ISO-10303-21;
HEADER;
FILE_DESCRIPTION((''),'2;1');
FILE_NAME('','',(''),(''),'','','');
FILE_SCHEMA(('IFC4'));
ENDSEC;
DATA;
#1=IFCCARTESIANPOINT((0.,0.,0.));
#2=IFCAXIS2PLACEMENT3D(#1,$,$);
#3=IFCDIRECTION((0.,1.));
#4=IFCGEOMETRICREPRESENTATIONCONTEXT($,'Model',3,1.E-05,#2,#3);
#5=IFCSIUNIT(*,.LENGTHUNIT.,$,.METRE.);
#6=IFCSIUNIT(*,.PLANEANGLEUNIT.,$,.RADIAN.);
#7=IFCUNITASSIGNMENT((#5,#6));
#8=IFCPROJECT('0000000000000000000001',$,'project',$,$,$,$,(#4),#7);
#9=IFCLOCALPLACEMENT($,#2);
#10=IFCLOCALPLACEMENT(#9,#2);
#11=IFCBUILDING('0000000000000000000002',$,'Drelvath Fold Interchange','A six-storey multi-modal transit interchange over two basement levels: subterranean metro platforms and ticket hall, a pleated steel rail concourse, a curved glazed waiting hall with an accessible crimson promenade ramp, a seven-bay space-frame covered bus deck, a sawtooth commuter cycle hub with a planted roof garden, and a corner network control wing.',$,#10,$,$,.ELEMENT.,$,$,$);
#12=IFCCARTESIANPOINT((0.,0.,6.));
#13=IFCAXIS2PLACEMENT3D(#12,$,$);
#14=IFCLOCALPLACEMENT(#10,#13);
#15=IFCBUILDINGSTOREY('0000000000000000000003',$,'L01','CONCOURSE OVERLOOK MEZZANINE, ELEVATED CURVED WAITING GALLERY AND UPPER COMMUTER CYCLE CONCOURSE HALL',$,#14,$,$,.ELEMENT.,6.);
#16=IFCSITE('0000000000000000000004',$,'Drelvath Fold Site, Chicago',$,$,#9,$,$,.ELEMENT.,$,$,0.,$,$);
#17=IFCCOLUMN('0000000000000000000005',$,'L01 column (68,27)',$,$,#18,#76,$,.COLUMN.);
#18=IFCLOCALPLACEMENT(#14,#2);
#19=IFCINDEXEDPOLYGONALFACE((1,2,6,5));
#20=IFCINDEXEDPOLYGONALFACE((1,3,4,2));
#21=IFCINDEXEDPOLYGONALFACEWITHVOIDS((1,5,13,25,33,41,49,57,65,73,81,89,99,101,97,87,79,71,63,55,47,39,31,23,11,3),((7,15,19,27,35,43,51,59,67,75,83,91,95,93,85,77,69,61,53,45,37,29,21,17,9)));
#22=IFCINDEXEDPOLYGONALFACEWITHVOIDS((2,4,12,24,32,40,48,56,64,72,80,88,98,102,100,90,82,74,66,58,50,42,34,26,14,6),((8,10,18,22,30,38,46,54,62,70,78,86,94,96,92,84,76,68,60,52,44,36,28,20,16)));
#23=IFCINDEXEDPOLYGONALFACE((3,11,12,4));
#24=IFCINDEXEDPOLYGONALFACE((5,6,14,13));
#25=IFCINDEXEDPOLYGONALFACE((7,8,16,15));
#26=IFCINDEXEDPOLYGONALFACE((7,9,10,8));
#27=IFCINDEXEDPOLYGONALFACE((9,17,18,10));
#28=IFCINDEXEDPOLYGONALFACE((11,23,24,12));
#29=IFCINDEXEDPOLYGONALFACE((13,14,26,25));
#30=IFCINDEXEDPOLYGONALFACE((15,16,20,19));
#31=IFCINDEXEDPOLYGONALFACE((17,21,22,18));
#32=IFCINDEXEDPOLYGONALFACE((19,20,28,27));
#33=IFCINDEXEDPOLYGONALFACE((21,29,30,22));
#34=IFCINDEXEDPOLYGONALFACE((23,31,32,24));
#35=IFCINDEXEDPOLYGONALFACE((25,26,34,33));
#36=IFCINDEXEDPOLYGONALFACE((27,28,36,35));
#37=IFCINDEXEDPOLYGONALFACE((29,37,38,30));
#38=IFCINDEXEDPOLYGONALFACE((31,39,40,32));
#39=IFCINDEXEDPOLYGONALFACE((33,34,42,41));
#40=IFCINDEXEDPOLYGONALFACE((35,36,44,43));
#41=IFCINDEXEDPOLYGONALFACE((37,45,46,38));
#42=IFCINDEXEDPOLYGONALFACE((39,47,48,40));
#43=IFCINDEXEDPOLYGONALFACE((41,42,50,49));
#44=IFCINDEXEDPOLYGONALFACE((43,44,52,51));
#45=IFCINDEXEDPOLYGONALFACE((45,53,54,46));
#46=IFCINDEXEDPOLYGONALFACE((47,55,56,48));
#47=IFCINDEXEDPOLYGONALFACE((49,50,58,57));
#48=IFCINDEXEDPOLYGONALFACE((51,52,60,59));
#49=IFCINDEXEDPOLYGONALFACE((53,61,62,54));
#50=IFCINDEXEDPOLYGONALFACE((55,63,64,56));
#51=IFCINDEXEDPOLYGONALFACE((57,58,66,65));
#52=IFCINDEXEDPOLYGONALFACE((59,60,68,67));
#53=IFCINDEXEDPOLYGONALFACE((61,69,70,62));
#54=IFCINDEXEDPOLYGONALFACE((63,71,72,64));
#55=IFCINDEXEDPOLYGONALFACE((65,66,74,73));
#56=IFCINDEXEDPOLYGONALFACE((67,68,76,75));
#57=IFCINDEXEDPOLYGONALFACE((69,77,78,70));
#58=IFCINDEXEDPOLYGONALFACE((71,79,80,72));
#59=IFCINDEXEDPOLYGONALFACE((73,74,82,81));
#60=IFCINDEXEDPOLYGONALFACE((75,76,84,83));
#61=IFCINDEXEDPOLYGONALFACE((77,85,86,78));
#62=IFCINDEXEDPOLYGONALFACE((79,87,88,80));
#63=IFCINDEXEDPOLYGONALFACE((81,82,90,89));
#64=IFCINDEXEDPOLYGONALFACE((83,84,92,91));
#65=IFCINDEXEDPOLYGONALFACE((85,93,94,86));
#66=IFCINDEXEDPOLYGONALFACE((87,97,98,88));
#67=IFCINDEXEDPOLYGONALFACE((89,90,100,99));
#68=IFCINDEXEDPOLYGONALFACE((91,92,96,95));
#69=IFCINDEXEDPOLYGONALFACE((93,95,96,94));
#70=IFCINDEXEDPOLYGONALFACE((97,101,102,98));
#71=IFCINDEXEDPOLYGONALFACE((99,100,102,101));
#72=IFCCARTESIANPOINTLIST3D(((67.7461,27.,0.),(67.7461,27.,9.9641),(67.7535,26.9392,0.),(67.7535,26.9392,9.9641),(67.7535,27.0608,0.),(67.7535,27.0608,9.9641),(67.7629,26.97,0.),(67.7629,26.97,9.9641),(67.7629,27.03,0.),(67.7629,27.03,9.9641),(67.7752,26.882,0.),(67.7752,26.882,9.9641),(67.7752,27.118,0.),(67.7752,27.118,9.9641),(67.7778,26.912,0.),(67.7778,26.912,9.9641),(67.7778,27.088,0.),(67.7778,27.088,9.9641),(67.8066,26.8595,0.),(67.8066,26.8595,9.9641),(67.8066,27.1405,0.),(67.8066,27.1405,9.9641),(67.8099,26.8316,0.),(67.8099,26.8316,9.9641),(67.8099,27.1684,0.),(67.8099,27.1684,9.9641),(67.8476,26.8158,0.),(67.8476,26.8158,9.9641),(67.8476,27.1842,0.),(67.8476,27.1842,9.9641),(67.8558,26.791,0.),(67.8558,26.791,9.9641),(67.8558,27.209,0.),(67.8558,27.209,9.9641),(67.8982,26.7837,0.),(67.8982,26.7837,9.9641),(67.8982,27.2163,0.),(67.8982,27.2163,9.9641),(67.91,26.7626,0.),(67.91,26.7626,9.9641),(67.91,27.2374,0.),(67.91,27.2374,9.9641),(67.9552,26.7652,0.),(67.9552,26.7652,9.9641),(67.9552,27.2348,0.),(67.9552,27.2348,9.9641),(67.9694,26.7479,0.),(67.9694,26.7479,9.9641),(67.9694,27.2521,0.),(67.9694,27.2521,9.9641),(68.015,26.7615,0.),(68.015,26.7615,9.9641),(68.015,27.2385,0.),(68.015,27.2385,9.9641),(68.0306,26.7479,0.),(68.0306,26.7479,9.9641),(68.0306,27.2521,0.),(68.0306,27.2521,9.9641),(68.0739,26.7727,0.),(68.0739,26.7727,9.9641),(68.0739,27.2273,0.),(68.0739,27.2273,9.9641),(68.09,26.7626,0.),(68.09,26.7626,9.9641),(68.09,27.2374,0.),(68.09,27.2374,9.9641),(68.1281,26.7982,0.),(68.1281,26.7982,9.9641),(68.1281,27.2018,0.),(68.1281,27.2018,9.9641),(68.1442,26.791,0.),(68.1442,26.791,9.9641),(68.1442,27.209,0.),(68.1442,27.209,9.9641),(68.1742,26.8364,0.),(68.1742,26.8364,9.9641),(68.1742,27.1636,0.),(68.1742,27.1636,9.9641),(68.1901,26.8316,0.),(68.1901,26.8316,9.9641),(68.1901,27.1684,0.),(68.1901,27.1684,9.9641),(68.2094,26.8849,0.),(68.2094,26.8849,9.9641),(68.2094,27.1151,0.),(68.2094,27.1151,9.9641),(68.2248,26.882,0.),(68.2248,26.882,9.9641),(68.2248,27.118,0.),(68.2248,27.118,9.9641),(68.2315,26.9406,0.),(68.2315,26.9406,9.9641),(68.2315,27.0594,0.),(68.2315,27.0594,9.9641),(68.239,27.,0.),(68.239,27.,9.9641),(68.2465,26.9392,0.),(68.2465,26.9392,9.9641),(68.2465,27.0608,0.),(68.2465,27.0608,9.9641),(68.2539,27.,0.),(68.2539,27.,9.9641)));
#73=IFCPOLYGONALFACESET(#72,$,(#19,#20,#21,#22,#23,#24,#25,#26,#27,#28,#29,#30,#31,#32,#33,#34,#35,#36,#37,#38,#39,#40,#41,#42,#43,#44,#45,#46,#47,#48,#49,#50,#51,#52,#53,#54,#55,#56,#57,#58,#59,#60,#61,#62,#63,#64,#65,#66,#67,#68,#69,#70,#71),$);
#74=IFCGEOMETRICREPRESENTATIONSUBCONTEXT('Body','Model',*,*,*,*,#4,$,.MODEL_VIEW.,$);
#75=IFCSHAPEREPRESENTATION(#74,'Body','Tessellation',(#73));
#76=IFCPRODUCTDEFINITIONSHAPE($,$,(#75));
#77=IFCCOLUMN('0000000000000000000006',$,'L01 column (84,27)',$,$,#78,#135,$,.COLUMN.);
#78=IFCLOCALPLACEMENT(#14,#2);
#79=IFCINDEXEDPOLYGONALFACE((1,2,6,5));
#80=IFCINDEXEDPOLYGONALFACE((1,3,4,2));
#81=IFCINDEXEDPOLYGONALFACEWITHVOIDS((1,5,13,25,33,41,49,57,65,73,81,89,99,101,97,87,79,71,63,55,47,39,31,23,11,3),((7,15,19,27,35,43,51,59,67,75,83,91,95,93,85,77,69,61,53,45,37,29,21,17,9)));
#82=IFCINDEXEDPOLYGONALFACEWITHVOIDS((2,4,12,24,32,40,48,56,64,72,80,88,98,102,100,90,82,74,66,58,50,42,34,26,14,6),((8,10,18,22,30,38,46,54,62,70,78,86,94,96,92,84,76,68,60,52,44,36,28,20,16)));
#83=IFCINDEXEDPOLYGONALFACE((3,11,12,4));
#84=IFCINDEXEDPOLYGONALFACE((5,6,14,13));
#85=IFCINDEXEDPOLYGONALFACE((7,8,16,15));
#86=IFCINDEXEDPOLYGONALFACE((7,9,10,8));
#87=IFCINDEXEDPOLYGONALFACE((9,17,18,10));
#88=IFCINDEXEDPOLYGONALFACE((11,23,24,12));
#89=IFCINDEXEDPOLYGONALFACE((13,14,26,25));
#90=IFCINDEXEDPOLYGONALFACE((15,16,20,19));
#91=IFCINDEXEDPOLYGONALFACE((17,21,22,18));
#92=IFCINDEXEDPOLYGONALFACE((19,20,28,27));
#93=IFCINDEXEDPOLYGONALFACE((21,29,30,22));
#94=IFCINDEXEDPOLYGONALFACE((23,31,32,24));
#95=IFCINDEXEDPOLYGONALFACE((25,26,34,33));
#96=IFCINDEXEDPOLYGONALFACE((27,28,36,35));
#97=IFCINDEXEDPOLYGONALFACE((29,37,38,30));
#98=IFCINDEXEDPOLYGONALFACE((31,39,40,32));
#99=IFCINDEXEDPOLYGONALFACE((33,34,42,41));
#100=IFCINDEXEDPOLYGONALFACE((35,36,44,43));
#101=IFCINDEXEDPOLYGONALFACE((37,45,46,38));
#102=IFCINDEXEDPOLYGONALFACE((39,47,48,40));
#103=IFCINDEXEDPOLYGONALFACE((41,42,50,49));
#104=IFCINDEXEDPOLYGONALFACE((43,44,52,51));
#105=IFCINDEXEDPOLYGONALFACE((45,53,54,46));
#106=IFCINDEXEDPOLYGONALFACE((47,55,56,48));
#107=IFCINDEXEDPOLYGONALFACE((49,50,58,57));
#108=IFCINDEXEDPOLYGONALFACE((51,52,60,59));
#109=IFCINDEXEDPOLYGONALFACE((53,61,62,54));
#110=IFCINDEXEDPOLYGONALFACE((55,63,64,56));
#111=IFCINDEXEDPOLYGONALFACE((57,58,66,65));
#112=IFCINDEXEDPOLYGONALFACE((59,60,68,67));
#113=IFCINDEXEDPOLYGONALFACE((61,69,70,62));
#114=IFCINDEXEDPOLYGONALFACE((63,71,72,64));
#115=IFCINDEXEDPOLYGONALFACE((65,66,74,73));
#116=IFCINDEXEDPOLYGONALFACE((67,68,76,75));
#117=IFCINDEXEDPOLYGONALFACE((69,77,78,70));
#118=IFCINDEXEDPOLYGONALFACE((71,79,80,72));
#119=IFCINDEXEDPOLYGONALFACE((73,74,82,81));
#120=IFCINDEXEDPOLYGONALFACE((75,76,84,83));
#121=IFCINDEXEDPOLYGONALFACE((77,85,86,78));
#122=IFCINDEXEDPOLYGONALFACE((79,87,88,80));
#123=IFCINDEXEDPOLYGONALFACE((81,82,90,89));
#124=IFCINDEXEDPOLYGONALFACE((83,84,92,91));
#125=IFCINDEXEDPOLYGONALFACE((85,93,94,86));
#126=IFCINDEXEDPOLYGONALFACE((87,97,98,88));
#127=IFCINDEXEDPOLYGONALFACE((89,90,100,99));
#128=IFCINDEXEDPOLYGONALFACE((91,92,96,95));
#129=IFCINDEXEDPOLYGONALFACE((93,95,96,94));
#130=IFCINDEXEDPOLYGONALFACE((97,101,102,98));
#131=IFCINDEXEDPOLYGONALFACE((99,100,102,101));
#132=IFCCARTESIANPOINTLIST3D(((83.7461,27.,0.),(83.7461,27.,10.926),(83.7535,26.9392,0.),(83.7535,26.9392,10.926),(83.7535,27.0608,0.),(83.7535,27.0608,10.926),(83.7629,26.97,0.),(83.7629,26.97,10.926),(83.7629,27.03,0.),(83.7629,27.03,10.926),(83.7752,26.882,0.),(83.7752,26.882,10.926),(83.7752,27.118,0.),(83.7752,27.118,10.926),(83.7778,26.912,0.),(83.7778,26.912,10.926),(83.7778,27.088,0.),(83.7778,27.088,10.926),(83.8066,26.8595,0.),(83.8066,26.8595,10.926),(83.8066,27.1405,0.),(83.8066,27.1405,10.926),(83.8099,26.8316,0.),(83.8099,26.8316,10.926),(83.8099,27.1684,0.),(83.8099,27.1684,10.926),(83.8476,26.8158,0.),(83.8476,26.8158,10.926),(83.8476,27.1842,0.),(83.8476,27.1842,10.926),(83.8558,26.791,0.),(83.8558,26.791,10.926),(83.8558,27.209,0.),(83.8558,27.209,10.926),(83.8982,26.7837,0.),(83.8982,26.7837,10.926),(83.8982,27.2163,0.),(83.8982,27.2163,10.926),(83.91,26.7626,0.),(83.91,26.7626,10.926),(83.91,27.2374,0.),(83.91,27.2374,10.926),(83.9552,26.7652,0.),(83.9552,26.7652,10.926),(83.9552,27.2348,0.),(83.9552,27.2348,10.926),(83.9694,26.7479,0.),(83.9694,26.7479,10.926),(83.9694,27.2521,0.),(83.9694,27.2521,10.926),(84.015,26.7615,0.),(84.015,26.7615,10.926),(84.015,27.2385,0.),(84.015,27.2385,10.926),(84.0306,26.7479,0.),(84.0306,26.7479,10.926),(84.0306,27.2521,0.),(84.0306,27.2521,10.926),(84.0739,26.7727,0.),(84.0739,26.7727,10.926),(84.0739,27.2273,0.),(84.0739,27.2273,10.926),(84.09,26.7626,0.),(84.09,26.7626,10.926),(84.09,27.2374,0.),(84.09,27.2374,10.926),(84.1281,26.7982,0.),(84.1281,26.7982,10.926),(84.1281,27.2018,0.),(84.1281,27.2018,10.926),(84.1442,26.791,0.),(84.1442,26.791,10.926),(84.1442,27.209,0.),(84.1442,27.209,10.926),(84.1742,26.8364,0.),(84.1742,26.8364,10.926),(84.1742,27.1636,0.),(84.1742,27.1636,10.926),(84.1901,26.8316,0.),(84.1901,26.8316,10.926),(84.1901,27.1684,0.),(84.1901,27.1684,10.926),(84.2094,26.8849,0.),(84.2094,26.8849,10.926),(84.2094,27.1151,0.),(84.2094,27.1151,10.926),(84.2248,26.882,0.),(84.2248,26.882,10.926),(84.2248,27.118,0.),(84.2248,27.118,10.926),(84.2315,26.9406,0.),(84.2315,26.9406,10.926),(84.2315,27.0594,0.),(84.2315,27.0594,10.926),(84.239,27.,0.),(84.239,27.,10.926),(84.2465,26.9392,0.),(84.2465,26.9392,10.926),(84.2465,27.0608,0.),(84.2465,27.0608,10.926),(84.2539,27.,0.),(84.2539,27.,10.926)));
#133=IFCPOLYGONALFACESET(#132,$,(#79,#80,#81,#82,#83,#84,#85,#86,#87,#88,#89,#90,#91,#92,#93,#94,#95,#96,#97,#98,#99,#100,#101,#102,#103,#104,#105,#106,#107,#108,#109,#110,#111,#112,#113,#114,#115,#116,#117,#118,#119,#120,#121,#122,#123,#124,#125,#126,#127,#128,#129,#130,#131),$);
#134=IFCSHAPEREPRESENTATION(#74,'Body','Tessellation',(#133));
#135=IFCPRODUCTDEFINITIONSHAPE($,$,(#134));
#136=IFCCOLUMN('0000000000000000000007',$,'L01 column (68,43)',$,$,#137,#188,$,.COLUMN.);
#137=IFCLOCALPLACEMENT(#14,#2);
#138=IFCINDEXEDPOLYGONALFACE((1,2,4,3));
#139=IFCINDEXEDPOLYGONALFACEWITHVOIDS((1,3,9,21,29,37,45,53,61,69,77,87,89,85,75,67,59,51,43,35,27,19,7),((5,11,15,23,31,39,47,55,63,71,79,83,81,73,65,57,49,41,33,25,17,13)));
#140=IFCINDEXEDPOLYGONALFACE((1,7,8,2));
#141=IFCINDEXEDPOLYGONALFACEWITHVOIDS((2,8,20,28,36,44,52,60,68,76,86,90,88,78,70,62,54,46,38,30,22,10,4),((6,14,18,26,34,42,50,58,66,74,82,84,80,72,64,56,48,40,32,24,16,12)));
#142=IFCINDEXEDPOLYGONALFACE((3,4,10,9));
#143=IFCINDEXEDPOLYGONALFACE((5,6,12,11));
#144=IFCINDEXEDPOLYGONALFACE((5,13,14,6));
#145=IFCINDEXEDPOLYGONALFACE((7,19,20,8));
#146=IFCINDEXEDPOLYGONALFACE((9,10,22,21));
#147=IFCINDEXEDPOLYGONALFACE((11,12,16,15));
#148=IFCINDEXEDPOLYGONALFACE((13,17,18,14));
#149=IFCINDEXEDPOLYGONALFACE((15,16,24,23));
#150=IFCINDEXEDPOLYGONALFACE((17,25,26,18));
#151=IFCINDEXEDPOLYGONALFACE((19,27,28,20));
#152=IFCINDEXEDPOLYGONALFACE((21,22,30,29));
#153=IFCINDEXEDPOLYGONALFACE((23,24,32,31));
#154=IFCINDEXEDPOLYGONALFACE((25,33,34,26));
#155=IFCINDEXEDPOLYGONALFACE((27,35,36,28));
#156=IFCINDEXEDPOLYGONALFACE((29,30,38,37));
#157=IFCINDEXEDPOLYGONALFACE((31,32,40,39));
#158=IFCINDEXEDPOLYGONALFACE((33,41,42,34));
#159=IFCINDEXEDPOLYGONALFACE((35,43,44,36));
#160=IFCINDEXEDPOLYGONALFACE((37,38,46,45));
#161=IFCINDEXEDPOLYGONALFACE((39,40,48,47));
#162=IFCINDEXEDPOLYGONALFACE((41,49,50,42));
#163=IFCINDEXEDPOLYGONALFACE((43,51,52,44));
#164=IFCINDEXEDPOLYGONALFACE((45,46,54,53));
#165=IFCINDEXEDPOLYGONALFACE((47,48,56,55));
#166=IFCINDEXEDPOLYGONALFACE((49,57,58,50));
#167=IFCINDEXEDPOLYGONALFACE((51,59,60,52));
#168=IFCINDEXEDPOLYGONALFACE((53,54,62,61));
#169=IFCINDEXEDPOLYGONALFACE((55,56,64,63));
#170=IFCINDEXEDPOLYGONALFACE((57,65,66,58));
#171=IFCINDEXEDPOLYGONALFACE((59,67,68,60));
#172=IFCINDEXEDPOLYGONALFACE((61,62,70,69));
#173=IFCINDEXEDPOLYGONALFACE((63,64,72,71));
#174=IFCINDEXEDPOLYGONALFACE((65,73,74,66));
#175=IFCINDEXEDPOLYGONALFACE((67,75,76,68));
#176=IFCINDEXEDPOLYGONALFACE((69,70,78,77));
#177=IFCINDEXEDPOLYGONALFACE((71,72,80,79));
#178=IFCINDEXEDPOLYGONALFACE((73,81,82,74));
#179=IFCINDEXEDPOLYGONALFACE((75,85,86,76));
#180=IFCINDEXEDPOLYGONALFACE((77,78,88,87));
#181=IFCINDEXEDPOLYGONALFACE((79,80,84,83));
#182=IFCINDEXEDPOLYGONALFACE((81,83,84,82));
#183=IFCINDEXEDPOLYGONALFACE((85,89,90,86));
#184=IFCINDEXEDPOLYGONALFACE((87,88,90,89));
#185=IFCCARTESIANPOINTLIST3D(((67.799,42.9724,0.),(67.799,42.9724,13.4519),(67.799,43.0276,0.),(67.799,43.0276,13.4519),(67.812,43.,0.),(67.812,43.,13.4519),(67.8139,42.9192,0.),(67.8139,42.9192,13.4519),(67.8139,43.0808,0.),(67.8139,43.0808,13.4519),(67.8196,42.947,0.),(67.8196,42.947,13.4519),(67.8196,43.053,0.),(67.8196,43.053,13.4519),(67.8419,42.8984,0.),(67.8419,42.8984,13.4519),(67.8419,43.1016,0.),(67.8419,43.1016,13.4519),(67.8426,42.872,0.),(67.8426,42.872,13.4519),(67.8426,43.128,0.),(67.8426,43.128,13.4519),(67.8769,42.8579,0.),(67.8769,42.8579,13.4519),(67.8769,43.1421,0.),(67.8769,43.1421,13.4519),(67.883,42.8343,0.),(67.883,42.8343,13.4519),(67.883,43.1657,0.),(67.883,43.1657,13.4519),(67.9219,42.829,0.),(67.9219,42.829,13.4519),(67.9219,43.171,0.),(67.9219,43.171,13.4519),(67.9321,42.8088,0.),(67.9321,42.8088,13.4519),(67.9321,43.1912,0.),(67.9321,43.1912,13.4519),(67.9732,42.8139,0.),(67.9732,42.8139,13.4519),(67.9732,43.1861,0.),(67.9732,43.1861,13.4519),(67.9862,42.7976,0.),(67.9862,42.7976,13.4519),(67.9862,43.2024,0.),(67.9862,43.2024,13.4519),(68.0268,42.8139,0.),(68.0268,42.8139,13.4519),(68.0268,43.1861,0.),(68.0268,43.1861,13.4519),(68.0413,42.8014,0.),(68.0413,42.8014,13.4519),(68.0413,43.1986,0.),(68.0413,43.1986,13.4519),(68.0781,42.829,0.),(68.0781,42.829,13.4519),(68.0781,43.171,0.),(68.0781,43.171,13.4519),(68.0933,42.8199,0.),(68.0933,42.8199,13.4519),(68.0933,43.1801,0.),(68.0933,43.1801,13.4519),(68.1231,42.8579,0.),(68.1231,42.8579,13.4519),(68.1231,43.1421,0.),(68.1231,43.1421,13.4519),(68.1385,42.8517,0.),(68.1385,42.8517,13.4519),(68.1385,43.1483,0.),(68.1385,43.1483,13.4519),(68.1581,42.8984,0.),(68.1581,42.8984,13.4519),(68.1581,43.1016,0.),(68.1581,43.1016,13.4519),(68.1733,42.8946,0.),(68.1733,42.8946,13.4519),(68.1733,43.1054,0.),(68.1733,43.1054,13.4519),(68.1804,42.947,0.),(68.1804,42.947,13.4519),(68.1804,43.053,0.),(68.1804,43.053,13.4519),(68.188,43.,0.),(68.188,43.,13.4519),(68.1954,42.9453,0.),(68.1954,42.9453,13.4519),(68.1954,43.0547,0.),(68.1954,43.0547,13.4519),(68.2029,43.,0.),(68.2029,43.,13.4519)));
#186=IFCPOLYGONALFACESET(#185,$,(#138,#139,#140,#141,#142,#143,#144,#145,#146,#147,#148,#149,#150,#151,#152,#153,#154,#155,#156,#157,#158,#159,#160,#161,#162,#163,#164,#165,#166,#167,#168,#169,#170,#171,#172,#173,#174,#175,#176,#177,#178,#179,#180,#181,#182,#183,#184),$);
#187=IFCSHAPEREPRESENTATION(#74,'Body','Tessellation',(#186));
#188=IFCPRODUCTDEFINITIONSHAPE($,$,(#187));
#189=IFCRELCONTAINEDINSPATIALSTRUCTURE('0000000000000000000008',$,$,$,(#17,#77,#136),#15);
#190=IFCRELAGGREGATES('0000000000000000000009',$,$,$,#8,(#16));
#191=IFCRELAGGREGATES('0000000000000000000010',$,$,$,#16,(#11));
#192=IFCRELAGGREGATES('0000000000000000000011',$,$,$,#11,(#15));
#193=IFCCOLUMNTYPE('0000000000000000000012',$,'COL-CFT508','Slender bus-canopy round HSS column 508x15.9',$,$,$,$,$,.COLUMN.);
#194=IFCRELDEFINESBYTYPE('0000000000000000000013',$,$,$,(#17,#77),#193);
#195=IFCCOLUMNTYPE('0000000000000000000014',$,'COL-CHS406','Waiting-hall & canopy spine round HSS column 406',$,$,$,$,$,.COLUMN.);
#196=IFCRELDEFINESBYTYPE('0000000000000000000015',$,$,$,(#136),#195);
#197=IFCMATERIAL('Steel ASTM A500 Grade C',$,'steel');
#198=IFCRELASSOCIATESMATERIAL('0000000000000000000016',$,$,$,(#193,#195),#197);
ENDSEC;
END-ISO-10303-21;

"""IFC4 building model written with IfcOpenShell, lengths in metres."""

from ifc_helpers import new_model, si_unit, direction, frame, origin, origin_2d, place, context, subcontext, project, spatial, hollow_circle, extrude, material, material_profile, profile_set, type_object, element, save


model = new_model("IFC4")

# Units and contexts
model_context = context("Model", 3, precision=1e-05, world=origin(), true_north=direction((0.0, 1.0)))
body_context = subcontext(model_context, "Body", "Model", "MODEL_VIEW")
ifc_project = project(units=[si_unit("LENGTHUNIT", "METRE"), si_unit("PLANEANGLEUNIT", "RADIAN")], contexts=[model_context])

# Site, building, storey
site_placement = place(None, origin())
site = spatial("IfcSite", under=ifc_project, at=site_placement, Name="Drelvath Fold Site, Chicago", CompositionType="ELEMENT", RefElevation=0.0)
building_placement = place(site_placement, origin())
building = spatial("IfcBuilding", under=site, at=building_placement, Name="Drelvath Fold Interchange", Description="A six-storey multi-modal transit interchange over two basement levels: subterranean metro platforms and ticket hall, a pleated steel rail concourse, a curved glazed waiting hall with an accessible crimson promenade ramp, a seven-bay space-frame covered bus deck, a sawtooth commuter cycle hub with a planted roof garden, and a corner network control wing.", CompositionType="ELEMENT")
storey_placement = place(building_placement, frame((0.0, 0.0, 6.0)))
storey = spatial("IfcBuildingStorey", under=building, at=storey_placement, Name="L01", Description="CONCOURSE OVERLOOK MEZZANINE, ELEVATED CURVED WAITING GALLERY AND UPPER COMMUTER CYCLE CONCOURSE HALL", CompositionType="ELEMENT", Elevation=6.0)

# Columns
ifc_material_1 = material(Name="Steel ASTM A500 Grade C", Category="steel")
ifc_material_profile_1 = material_profile(ifc_material_1, hollow_circle(Radius=0.2539, WallThickness=0.0149, at=origin_2d()), Name="HSS20.000X0.625")
ifc_profile_set_1 = profile_set([ifc_material_profile_1], Name="Steel ASTM A500 Grade C")
column_type_1 = type_object("IfcColumnType", Name="COL-CFT508", Description="Slender bus-canopy round HSS column 508x15.9", PredefinedType="COLUMN", material=ifc_profile_set_1)
column_1_placement = place(storey_placement, frame((68.0, 27.0, 0.0), z_axis=(0.0, 0.0, 1.0), x_axis=(1.0, 0.0, 0.0)))
element("IfcColumn", 1, at=column_1_placement, inside=storey, type_object=column_type_1, Name="L01 column (68,27)", PredefinedType="COLUMN", context=body_context, shape_type="SweptSolid", body=[
    extrude(hollow_circle(Radius=0.2539, WallThickness=0.0149, at=origin_2d()), origin(), (0.0, 0.0, 1.0), 9.9641),
])
column_2_placement = place(storey_placement, frame((84.0, 27.0, 0.0), z_axis=(0.0, 0.0, 1.0), x_axis=(1.0, 0.0, 0.0)))
element("IfcColumn", 2, at=column_2_placement, inside=storey, type_object=column_type_1, Name="L01 column (84,27)", PredefinedType="COLUMN", context=body_context, shape_type="SweptSolid", body=[
    extrude(hollow_circle(Radius=0.2539, WallThickness=0.0149, at=origin_2d()), origin(), (0.0, 0.0, 1.0), 10.926),
])
ifc_material_profile_2 = material_profile(ifc_material_1, hollow_circle(Radius=0.2029, WallThickness=0.0149, at=origin_2d()), Name="HSS16.000X0.625")
ifc_profile_set_2 = profile_set([ifc_material_profile_2], Name="Steel ASTM A500 Grade C")
column_type_2 = type_object("IfcColumnType", Name="COL-CHS406", Description="Waiting-hall & canopy spine round HSS column 406", PredefinedType="COLUMN", material=ifc_profile_set_2)
for number, where, z_axis, x_axis, name in (
    (3, (68.0, 43.0, 0.0), (0.0, 0.0, 1.0), (1.0, 0.0, 0.0), "L01 column (68,43)"),
):
    element("IfcColumn", number, at=place(storey_placement, frame(where, z_axis=z_axis, x_axis=x_axis)), inside=storey, type_object=column_type_2, Name=name, PredefinedType="COLUMN", context=body_context, shape_type="SweptSolid", body=[
        extrude(hollow_circle(Radius=0.2029, WallThickness=0.0149, at=origin_2d()), origin(), (0.0, 0.0, 1.0), 13.4519),
    ])

save(model, "model.ifc")
